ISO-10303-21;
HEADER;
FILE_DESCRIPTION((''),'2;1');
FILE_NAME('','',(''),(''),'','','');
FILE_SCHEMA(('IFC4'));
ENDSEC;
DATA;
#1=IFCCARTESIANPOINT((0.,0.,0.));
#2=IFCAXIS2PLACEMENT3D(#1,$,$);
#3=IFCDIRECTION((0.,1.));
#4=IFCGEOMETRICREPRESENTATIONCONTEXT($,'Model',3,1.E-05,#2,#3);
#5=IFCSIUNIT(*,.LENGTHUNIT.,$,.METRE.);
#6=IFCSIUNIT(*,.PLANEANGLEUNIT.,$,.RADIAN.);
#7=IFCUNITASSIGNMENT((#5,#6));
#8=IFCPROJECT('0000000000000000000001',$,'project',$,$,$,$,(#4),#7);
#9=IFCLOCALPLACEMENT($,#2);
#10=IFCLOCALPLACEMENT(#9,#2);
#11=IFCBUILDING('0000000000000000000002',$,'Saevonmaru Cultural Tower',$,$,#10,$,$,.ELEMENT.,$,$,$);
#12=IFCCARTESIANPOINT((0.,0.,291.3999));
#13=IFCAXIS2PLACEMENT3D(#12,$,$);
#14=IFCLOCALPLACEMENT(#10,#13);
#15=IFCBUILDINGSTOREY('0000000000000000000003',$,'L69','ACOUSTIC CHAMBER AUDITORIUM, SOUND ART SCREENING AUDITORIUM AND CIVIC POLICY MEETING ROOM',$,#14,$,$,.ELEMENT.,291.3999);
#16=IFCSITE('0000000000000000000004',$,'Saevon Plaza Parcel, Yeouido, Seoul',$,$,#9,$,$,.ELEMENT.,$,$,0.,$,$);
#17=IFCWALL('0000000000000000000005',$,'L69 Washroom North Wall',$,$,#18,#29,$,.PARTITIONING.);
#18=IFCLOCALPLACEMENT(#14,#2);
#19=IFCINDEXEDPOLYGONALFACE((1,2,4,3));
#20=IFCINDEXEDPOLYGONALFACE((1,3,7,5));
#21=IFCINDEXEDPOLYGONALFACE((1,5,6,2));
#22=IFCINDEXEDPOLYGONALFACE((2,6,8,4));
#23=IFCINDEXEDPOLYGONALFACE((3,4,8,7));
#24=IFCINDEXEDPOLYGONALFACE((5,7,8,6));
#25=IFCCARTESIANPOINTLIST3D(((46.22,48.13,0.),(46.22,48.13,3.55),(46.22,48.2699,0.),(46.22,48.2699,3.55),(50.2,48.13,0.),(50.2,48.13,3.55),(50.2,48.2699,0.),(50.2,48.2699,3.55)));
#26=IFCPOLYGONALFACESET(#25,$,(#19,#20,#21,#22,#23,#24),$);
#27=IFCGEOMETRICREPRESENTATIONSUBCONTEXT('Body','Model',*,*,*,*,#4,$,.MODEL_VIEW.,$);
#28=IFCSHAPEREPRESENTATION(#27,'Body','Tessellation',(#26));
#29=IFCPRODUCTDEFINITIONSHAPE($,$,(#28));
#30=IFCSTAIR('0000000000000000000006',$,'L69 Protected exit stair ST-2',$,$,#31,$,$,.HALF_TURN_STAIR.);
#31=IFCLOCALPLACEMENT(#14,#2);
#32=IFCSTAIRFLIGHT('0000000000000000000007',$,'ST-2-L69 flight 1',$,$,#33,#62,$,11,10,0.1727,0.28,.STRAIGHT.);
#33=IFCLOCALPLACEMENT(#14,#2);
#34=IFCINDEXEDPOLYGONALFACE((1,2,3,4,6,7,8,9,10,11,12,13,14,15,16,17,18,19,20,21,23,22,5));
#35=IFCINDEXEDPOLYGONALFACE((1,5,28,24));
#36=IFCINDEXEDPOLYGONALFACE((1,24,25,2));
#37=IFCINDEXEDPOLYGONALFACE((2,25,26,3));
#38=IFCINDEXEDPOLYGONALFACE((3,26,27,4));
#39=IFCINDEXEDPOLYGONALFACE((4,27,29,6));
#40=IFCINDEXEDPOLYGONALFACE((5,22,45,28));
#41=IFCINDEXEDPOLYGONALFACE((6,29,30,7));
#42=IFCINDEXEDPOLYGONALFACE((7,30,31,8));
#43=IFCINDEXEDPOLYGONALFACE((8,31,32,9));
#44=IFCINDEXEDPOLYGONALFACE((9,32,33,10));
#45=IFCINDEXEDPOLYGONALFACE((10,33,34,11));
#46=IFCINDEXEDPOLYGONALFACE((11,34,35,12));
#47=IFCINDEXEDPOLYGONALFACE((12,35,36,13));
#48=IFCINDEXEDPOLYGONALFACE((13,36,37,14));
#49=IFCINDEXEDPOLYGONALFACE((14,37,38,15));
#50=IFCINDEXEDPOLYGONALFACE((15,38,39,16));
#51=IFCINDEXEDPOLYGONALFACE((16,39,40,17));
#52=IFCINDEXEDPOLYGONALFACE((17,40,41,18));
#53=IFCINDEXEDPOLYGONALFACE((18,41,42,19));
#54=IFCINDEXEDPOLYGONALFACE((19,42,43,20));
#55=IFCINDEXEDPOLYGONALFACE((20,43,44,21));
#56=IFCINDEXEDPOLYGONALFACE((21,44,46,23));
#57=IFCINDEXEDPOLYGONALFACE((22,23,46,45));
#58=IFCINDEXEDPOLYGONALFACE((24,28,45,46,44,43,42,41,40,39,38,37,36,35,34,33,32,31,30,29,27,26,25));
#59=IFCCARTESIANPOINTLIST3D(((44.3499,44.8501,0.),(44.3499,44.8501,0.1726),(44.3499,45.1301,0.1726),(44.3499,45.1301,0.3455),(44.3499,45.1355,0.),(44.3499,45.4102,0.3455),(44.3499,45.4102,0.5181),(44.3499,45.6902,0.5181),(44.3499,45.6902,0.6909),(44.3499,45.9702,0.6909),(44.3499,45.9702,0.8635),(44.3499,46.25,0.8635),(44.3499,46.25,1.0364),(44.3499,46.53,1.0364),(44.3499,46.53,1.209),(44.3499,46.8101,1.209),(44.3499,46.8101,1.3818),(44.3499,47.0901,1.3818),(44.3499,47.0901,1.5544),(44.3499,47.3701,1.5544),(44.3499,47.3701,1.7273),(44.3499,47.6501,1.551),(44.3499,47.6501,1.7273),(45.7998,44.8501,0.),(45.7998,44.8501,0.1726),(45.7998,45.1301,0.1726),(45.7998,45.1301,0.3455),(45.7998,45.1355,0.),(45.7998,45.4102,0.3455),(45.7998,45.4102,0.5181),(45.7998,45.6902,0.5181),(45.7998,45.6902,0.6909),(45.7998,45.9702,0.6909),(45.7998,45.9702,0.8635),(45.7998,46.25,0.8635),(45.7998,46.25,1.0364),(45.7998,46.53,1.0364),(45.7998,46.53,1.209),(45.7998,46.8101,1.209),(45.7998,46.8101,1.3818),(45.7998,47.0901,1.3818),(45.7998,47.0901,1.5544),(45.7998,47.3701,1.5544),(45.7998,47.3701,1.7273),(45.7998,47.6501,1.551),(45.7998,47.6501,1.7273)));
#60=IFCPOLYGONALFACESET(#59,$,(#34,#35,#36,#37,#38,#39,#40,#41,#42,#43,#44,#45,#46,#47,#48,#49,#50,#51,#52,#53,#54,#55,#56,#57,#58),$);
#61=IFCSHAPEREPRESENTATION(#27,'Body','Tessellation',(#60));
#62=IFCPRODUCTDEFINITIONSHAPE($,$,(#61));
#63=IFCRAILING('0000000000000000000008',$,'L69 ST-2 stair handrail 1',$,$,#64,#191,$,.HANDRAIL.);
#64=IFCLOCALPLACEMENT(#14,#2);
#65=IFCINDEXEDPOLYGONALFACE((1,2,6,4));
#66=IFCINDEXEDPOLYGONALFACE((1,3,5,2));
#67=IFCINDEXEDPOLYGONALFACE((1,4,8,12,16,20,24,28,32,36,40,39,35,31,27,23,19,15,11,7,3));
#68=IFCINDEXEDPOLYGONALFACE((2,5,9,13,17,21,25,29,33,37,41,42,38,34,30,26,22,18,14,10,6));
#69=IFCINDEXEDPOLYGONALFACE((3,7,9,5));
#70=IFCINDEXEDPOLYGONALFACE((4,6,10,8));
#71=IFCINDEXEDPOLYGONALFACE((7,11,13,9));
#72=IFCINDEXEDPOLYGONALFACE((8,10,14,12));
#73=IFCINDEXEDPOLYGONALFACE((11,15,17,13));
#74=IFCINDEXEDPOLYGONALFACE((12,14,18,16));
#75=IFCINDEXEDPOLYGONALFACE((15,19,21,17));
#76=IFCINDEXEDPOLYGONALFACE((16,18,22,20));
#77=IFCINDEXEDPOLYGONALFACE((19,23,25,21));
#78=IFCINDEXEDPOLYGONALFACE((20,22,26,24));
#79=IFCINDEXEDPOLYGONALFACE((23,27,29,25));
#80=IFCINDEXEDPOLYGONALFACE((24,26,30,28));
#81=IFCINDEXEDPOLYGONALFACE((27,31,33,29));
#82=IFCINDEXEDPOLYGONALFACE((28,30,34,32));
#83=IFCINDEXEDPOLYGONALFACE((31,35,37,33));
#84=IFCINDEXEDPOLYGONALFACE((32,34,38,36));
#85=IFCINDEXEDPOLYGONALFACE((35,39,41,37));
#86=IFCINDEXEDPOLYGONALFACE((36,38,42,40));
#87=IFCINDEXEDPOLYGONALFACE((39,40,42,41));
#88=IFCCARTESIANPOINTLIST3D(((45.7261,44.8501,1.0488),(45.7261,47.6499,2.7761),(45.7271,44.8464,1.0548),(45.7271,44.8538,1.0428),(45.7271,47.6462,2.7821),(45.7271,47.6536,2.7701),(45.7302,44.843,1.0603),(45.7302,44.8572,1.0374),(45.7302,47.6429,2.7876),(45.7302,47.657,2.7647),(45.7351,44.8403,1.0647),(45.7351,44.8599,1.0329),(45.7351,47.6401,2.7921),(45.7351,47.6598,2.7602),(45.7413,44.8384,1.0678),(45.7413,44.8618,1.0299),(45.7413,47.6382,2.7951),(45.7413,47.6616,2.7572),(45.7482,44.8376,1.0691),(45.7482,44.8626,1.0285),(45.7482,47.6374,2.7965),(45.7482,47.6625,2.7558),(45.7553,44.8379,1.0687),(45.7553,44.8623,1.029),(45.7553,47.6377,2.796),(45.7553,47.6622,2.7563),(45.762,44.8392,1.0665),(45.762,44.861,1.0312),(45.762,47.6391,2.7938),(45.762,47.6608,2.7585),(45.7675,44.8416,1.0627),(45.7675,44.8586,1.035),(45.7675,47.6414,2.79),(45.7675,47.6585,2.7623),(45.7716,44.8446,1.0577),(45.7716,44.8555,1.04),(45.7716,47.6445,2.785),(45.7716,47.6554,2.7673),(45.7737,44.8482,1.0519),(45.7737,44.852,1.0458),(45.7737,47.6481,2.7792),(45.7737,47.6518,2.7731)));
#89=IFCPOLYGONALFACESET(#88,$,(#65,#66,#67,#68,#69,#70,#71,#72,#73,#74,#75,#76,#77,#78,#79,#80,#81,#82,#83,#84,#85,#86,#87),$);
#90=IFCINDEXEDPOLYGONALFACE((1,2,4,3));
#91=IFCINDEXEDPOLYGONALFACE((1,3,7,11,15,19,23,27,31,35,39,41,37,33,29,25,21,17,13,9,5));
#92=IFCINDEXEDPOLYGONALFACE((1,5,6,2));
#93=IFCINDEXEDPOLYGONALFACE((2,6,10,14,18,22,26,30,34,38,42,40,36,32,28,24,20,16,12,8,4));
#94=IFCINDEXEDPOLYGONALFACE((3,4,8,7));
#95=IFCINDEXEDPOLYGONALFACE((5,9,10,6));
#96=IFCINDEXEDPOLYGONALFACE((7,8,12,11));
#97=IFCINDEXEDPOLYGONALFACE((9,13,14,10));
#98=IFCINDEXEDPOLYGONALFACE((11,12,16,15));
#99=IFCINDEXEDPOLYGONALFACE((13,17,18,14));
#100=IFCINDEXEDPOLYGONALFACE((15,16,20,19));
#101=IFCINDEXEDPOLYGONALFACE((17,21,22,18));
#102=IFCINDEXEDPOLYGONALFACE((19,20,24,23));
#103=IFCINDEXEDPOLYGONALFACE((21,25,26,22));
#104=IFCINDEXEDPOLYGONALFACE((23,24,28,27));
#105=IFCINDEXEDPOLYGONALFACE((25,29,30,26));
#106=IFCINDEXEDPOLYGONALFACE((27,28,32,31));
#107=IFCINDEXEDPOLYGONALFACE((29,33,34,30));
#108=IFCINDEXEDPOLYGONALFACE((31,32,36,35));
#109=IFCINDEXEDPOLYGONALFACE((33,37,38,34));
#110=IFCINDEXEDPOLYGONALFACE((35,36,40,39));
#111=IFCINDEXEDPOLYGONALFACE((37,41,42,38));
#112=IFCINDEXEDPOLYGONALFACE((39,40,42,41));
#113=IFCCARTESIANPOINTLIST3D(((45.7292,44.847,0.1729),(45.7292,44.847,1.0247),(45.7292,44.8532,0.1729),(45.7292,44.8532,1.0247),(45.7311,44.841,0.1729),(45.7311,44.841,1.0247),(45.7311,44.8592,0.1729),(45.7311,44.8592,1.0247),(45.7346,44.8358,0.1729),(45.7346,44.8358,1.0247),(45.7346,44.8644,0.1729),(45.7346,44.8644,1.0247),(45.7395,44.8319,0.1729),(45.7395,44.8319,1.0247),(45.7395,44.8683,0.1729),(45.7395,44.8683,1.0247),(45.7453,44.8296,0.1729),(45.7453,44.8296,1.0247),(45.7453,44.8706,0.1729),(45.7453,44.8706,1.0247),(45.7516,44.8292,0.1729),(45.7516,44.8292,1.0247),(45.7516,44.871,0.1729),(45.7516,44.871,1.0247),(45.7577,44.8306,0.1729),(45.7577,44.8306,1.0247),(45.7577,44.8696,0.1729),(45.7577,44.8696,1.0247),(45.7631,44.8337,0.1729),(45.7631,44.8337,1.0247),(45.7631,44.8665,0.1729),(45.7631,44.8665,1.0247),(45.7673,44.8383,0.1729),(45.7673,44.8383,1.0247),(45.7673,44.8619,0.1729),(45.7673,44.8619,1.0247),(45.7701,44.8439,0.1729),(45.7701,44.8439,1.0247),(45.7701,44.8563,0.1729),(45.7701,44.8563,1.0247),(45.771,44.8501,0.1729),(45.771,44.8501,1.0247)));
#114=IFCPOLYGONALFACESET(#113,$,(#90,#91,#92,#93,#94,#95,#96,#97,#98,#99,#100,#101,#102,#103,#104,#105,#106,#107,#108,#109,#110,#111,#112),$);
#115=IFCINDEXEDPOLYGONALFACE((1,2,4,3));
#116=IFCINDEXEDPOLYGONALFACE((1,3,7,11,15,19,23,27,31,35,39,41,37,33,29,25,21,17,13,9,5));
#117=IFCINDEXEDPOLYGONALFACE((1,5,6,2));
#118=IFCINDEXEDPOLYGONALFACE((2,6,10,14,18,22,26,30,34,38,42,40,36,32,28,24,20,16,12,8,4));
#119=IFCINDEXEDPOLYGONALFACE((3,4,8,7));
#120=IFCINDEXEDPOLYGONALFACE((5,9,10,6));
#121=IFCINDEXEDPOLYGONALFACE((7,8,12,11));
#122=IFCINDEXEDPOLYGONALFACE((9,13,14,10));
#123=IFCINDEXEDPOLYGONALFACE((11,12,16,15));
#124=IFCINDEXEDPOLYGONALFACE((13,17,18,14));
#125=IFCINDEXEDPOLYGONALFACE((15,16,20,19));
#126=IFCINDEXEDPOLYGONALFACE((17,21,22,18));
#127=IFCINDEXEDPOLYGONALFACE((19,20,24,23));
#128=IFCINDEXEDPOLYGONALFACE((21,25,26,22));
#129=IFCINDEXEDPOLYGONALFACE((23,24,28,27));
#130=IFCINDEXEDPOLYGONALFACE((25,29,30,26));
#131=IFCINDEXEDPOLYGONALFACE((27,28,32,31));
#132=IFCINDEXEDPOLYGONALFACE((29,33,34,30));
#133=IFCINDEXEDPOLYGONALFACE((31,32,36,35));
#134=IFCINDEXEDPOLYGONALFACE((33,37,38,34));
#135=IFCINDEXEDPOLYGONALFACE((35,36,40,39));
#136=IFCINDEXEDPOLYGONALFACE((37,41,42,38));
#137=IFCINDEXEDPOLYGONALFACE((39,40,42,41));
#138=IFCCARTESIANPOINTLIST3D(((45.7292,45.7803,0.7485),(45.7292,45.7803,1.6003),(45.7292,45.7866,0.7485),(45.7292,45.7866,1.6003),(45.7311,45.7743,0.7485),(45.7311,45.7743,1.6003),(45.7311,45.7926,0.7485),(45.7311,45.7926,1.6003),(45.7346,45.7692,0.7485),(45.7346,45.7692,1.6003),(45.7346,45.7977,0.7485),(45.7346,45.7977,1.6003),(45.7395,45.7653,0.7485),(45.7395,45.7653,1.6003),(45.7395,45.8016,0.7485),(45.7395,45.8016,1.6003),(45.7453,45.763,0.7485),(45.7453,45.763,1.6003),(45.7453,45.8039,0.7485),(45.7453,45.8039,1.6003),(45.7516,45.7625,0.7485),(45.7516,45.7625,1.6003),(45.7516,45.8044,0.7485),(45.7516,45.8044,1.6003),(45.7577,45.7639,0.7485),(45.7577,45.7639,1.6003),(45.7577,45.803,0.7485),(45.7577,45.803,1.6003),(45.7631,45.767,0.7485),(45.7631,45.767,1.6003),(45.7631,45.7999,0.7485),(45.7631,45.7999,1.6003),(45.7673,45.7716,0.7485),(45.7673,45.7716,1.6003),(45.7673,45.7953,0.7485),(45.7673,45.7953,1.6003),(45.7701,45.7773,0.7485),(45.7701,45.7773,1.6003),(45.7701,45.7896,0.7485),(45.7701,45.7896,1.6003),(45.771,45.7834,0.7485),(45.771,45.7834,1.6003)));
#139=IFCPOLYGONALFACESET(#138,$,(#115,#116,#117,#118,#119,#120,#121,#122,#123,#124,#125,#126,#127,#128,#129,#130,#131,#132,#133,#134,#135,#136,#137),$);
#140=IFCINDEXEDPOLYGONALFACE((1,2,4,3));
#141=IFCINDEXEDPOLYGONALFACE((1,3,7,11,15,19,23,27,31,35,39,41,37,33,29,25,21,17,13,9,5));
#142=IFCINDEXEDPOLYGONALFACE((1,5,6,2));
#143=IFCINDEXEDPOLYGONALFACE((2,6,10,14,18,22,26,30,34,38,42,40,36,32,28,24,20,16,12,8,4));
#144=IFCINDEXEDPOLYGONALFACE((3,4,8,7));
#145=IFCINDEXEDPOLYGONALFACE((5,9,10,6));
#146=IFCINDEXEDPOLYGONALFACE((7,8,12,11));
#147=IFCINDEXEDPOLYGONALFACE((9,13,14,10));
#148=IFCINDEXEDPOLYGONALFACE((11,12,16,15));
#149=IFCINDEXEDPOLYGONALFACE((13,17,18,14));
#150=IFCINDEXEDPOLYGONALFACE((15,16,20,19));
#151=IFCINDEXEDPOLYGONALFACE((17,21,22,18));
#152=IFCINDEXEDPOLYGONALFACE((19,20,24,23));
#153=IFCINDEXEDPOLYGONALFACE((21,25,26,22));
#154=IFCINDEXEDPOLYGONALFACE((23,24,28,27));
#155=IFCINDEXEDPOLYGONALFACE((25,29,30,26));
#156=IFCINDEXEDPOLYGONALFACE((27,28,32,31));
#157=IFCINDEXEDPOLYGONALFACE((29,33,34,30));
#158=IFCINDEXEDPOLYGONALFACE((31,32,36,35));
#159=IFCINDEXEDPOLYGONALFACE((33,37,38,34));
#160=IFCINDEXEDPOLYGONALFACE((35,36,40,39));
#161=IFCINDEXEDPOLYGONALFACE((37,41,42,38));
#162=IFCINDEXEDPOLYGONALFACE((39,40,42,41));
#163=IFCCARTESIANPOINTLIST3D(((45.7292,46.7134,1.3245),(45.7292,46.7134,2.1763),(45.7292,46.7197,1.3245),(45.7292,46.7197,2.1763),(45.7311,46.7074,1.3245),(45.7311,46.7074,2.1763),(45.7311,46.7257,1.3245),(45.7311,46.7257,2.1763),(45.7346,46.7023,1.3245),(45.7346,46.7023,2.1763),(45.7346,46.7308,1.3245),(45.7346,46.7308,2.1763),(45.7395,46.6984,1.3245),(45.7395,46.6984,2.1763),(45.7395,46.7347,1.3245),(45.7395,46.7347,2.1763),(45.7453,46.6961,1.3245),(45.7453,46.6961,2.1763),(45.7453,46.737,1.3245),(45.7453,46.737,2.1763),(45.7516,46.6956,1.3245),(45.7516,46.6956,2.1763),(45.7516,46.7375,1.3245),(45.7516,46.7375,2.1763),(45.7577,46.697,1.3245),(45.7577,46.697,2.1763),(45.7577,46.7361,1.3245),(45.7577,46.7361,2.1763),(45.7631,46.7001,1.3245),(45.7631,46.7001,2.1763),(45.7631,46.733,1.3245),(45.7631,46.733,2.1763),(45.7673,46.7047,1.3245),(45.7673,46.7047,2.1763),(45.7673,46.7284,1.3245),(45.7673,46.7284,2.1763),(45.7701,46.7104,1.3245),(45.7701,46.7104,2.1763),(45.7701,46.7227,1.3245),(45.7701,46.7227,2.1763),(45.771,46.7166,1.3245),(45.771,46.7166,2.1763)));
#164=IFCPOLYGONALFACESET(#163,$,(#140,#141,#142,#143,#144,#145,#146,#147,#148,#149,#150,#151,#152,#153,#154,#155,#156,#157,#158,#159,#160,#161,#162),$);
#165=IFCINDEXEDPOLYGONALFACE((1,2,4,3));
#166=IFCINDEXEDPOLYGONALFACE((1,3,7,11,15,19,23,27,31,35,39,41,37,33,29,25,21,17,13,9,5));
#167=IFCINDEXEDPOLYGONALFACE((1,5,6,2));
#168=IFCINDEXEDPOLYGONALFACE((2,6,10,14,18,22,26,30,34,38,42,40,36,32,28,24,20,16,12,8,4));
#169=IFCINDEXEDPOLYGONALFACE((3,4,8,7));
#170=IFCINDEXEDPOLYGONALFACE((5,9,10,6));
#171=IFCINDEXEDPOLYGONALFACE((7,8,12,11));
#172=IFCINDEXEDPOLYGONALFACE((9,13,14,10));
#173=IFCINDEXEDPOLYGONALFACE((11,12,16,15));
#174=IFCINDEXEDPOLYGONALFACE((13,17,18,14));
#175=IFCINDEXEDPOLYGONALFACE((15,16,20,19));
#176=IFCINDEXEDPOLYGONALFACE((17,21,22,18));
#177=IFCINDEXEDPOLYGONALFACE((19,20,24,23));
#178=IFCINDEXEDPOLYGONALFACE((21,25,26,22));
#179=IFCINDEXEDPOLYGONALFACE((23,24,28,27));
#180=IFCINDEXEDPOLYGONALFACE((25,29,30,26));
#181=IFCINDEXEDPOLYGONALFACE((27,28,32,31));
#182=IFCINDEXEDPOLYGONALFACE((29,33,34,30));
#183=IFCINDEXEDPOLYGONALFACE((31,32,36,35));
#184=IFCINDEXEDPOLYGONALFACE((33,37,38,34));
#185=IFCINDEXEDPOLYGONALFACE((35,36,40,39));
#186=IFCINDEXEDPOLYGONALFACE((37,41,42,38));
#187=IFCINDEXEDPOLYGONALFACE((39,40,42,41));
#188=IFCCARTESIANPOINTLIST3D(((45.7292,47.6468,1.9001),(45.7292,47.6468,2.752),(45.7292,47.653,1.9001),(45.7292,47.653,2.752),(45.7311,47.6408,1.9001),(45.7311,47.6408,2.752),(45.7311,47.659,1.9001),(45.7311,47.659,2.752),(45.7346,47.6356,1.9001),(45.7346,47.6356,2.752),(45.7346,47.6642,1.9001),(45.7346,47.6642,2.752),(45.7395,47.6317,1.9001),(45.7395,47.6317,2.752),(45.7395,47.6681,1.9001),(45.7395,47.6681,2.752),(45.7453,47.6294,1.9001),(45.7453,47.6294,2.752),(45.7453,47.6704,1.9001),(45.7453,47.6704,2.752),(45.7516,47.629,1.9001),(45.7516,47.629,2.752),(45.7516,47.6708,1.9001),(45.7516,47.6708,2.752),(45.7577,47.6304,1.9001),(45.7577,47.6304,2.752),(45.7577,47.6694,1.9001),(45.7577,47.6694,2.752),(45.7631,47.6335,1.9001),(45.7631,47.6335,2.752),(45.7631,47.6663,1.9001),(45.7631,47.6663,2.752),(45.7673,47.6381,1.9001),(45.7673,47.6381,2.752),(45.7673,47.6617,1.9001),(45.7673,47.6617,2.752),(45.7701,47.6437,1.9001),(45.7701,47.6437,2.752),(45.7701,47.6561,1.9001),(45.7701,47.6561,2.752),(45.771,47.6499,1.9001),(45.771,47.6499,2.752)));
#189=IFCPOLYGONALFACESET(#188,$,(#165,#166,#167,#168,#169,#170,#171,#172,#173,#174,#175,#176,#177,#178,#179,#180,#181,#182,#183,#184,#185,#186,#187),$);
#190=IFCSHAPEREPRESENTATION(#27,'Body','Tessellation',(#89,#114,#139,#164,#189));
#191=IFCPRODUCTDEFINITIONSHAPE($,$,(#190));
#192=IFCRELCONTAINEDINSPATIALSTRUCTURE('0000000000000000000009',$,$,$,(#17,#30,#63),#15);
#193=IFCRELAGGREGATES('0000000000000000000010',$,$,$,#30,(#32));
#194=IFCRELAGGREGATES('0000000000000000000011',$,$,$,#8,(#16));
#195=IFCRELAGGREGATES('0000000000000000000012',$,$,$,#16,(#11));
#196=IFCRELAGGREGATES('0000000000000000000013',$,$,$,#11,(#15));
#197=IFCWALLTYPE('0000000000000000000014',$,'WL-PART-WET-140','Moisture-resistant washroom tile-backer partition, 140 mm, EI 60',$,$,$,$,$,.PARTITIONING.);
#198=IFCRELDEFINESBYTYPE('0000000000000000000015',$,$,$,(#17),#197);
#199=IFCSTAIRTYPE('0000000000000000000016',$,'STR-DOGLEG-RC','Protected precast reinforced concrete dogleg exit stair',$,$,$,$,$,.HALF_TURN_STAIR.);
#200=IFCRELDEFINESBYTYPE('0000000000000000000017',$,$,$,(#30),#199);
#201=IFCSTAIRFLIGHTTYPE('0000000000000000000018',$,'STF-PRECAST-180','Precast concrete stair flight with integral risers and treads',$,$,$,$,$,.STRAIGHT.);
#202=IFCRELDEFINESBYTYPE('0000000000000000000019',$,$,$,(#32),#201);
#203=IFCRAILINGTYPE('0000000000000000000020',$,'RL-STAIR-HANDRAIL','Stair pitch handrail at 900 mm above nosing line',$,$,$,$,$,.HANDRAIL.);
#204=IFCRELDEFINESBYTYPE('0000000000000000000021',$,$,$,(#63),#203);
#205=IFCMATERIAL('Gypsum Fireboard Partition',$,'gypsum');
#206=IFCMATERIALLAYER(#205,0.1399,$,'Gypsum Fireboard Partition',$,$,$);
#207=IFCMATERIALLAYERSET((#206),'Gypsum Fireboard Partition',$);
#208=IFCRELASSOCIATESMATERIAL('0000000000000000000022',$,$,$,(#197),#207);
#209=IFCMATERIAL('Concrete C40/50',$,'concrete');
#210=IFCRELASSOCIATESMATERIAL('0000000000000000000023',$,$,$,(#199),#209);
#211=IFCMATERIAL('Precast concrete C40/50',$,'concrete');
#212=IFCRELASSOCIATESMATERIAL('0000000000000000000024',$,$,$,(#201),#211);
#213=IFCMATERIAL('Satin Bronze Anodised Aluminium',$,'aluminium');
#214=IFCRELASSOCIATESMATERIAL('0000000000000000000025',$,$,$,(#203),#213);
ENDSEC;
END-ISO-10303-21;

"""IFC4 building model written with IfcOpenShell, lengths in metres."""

from ifc_helpers import new_model, si_unit, direction, frame, frame_2d, origin, origin_2d, place, context, subcontext, project, spatial, polyline, rectangle, circle, outline, extrude, material, layer, layer_set, type_object, element, aggregate, save


model = new_model("IFC4")

# Units and contexts
model_context = context("Model", 3, precision=1e-05, world=origin(), true_north=direction((0.0, 1.0)))
body_context = subcontext(model_context, "Body", "Model", "MODEL_VIEW")
ifc_project = project(units=[si_unit("LENGTHUNIT", "METRE"), si_unit("PLANEANGLEUNIT", "RADIAN")], contexts=[model_context])

# Site, building, storey
site_placement = place(None, origin())
site = spatial("IfcSite", under=ifc_project, at=site_placement, Name="Saevon Plaza Parcel, Yeouido, Seoul", CompositionType="ELEMENT", RefElevation=0.0)
building_placement = place(site_placement, origin())
building = spatial("IfcBuilding", under=site, at=building_placement, Name="Saevonmaru Cultural Tower", CompositionType="ELEMENT")
storey_placement = place(building_placement, frame((0.0, 0.0, 291.3999)))
storey = spatial("IfcBuildingStorey", under=building, at=storey_placement, Name="L69", Description="ACOUSTIC CHAMBER AUDITORIUM, SOUND ART SCREENING AUDITORIUM AND CIVIC POLICY MEETING ROOM", CompositionType="ELEMENT", Elevation=291.3999)

# Shared definitions
ifc_material_1 = material(Name="Satin Bronze Anodised Aluminium", Category="aluminium")

# Shared definitions
ifc_material_2 = material(Name="Gypsum Fireboard Partition", Category="gypsum")

# Wall
ifc_layer_1 = layer(ifc_material_2, 0.1399, Name="Gypsum Fireboard Partition")
ifc_layer_set_1 = layer_set([ifc_layer_1], Name="Gypsum Fireboard Partition")
wall_type_1 = type_object("IfcWallType", Name="WL-PART-WET-140", Description="Moisture-resistant washroom tile-backer partition, 140 mm, EI 60", PredefinedType="PARTITIONING", material=ifc_layer_set_1)
wall_1_placement = place(storey_placement, frame((46.22, 48.2, 0.0), z_axis=(0.0, 0.0, 1.0), x_axis=(1.0, 0.0, 0.0)))
element("IfcWall", 1, at=wall_1_placement, inside=storey, type_object=wall_type_1, Name="L69 Washroom North Wall", PredefinedType="PARTITIONING", context=body_context, shape_type="SweptSolid", body=[
    extrude(rectangle(XDim=3.98, YDim=0.1399, at=frame_2d((1.99, 0.0))), origin(), (0.0, 0.0, 1.0), 3.55),
])

# Stair, stair flight
ifc_material_3 = material(Name="Concrete C40/50", Category="concrete")
stair_type = type_object("IfcStairType", Name="STR-DOGLEG-RC", Description="Protected precast reinforced concrete dogleg exit stair", PredefinedType="HALF_TURN_STAIR", material=ifc_material_3)
stair_placement = place(storey_placement, origin())
stair = element("IfcStair", 2, at=stair_placement, inside=storey, type_object=stair_type, Name="L69 Protected exit stair ST-2", PredefinedType="HALF_TURN_STAIR")
ifc_material_4 = material(Name="Precast concrete C40/50", Category="concrete")
stair_flight_type = type_object("IfcStairFlightType", Name="STF-PRECAST-180", Description="Precast concrete stair flight with integral risers and treads", PredefinedType="STRAIGHT", material=ifc_material_4)
stair_flight_placement = place(storey_placement, frame((45.075, 44.8501, 0.0), z_axis=(0.0, 0.0, 1.0), x_axis=(0.0, 1.0, 0.0)))
stair_flight = element("IfcStairFlight", 3, at=stair_flight_placement, type_object=stair_flight_type, Name="ST-2-L69 flight 1", NumberOfRisers=11, NumberOfTreads=10, PredefinedType="STRAIGHT", RiserHeight=0.1727, TreadLength=0.28, context=body_context, shape_type="SweptSolid", body=[
    extrude(outline(polyline([(0.0, 0.0), (0.0, 0.1726), (0.28, 0.1726), (0.28, 0.3455), (0.5601, 0.3455), (0.5601, 0.5181), (0.8401, 0.5181), (0.8401, 0.6909), (1.1201, 0.6909), (1.1201, 0.8635), (1.3999, 0.8635), (1.3999, 1.0364), (1.6799, 1.0364), (1.6799, 1.209), (1.96, 1.209), (1.96, 1.3818), (2.24, 1.3818), (2.24, 1.5544), (2.52, 1.5544), (2.52, 1.7273), (2.8, 1.7273), (2.8, 1.8999), (2.8, 1.551), (0.2854, 0.0), (0.0, 0.0)])), frame((0.0, 0.7251, 0.0), z_axis=(0.0, -1.0, 0.0), x_axis=(1.0, 0.0, 0.0)), (0.0, 0.0, 1.0), 1.45),
])
aggregate(stair, [stair_flight])

# Railing
railing_type = type_object("IfcRailingType", Name="RL-STAIR-HANDRAIL", Description="Stair pitch handrail at 900 mm above nosing line", PredefinedType="HANDRAIL", material=ifc_material_1)
railing_placement = place(storey_placement, frame((45.75, 44.8501, 0.1729)))
element("IfcRailing", 4, at=railing_placement, inside=storey, type_object=railing_type, Name="L69 ST-2 stair handrail 1", PredefinedType="HANDRAIL", context=body_context, shape_type="SweptSolid", body=[
    extrude(circle(Radius=0.0239, at=origin_2d()), frame((0.0, 0.0, 0.876), z_axis=(0.0, 0.851069, 0.525054), x_axis=(-1.0, 0.0, 0.0)), (0.0, 0.0, 1.0), 3.2898),
    extrude(circle(Radius=0.021, at=origin_2d()), origin(), (0.0, 0.0, 1.0), 0.8518),
    extrude(circle(Radius=0.021, at=origin_2d()), frame((0.0, 0.9333, 0.5757)), (0.0, 0.0, 1.0), 0.8518),
    extrude(circle(Radius=0.021, at=origin_2d()), frame((0.0, 1.8665, 1.1516)), (0.0, 0.0, 1.0), 0.8518),
    extrude(circle(Radius=0.021, at=origin_2d()), frame((0.0, 2.7998, 1.7273)), (0.0, 0.0, 1.0), 0.8518),
])

save(model, "model.ifc")
